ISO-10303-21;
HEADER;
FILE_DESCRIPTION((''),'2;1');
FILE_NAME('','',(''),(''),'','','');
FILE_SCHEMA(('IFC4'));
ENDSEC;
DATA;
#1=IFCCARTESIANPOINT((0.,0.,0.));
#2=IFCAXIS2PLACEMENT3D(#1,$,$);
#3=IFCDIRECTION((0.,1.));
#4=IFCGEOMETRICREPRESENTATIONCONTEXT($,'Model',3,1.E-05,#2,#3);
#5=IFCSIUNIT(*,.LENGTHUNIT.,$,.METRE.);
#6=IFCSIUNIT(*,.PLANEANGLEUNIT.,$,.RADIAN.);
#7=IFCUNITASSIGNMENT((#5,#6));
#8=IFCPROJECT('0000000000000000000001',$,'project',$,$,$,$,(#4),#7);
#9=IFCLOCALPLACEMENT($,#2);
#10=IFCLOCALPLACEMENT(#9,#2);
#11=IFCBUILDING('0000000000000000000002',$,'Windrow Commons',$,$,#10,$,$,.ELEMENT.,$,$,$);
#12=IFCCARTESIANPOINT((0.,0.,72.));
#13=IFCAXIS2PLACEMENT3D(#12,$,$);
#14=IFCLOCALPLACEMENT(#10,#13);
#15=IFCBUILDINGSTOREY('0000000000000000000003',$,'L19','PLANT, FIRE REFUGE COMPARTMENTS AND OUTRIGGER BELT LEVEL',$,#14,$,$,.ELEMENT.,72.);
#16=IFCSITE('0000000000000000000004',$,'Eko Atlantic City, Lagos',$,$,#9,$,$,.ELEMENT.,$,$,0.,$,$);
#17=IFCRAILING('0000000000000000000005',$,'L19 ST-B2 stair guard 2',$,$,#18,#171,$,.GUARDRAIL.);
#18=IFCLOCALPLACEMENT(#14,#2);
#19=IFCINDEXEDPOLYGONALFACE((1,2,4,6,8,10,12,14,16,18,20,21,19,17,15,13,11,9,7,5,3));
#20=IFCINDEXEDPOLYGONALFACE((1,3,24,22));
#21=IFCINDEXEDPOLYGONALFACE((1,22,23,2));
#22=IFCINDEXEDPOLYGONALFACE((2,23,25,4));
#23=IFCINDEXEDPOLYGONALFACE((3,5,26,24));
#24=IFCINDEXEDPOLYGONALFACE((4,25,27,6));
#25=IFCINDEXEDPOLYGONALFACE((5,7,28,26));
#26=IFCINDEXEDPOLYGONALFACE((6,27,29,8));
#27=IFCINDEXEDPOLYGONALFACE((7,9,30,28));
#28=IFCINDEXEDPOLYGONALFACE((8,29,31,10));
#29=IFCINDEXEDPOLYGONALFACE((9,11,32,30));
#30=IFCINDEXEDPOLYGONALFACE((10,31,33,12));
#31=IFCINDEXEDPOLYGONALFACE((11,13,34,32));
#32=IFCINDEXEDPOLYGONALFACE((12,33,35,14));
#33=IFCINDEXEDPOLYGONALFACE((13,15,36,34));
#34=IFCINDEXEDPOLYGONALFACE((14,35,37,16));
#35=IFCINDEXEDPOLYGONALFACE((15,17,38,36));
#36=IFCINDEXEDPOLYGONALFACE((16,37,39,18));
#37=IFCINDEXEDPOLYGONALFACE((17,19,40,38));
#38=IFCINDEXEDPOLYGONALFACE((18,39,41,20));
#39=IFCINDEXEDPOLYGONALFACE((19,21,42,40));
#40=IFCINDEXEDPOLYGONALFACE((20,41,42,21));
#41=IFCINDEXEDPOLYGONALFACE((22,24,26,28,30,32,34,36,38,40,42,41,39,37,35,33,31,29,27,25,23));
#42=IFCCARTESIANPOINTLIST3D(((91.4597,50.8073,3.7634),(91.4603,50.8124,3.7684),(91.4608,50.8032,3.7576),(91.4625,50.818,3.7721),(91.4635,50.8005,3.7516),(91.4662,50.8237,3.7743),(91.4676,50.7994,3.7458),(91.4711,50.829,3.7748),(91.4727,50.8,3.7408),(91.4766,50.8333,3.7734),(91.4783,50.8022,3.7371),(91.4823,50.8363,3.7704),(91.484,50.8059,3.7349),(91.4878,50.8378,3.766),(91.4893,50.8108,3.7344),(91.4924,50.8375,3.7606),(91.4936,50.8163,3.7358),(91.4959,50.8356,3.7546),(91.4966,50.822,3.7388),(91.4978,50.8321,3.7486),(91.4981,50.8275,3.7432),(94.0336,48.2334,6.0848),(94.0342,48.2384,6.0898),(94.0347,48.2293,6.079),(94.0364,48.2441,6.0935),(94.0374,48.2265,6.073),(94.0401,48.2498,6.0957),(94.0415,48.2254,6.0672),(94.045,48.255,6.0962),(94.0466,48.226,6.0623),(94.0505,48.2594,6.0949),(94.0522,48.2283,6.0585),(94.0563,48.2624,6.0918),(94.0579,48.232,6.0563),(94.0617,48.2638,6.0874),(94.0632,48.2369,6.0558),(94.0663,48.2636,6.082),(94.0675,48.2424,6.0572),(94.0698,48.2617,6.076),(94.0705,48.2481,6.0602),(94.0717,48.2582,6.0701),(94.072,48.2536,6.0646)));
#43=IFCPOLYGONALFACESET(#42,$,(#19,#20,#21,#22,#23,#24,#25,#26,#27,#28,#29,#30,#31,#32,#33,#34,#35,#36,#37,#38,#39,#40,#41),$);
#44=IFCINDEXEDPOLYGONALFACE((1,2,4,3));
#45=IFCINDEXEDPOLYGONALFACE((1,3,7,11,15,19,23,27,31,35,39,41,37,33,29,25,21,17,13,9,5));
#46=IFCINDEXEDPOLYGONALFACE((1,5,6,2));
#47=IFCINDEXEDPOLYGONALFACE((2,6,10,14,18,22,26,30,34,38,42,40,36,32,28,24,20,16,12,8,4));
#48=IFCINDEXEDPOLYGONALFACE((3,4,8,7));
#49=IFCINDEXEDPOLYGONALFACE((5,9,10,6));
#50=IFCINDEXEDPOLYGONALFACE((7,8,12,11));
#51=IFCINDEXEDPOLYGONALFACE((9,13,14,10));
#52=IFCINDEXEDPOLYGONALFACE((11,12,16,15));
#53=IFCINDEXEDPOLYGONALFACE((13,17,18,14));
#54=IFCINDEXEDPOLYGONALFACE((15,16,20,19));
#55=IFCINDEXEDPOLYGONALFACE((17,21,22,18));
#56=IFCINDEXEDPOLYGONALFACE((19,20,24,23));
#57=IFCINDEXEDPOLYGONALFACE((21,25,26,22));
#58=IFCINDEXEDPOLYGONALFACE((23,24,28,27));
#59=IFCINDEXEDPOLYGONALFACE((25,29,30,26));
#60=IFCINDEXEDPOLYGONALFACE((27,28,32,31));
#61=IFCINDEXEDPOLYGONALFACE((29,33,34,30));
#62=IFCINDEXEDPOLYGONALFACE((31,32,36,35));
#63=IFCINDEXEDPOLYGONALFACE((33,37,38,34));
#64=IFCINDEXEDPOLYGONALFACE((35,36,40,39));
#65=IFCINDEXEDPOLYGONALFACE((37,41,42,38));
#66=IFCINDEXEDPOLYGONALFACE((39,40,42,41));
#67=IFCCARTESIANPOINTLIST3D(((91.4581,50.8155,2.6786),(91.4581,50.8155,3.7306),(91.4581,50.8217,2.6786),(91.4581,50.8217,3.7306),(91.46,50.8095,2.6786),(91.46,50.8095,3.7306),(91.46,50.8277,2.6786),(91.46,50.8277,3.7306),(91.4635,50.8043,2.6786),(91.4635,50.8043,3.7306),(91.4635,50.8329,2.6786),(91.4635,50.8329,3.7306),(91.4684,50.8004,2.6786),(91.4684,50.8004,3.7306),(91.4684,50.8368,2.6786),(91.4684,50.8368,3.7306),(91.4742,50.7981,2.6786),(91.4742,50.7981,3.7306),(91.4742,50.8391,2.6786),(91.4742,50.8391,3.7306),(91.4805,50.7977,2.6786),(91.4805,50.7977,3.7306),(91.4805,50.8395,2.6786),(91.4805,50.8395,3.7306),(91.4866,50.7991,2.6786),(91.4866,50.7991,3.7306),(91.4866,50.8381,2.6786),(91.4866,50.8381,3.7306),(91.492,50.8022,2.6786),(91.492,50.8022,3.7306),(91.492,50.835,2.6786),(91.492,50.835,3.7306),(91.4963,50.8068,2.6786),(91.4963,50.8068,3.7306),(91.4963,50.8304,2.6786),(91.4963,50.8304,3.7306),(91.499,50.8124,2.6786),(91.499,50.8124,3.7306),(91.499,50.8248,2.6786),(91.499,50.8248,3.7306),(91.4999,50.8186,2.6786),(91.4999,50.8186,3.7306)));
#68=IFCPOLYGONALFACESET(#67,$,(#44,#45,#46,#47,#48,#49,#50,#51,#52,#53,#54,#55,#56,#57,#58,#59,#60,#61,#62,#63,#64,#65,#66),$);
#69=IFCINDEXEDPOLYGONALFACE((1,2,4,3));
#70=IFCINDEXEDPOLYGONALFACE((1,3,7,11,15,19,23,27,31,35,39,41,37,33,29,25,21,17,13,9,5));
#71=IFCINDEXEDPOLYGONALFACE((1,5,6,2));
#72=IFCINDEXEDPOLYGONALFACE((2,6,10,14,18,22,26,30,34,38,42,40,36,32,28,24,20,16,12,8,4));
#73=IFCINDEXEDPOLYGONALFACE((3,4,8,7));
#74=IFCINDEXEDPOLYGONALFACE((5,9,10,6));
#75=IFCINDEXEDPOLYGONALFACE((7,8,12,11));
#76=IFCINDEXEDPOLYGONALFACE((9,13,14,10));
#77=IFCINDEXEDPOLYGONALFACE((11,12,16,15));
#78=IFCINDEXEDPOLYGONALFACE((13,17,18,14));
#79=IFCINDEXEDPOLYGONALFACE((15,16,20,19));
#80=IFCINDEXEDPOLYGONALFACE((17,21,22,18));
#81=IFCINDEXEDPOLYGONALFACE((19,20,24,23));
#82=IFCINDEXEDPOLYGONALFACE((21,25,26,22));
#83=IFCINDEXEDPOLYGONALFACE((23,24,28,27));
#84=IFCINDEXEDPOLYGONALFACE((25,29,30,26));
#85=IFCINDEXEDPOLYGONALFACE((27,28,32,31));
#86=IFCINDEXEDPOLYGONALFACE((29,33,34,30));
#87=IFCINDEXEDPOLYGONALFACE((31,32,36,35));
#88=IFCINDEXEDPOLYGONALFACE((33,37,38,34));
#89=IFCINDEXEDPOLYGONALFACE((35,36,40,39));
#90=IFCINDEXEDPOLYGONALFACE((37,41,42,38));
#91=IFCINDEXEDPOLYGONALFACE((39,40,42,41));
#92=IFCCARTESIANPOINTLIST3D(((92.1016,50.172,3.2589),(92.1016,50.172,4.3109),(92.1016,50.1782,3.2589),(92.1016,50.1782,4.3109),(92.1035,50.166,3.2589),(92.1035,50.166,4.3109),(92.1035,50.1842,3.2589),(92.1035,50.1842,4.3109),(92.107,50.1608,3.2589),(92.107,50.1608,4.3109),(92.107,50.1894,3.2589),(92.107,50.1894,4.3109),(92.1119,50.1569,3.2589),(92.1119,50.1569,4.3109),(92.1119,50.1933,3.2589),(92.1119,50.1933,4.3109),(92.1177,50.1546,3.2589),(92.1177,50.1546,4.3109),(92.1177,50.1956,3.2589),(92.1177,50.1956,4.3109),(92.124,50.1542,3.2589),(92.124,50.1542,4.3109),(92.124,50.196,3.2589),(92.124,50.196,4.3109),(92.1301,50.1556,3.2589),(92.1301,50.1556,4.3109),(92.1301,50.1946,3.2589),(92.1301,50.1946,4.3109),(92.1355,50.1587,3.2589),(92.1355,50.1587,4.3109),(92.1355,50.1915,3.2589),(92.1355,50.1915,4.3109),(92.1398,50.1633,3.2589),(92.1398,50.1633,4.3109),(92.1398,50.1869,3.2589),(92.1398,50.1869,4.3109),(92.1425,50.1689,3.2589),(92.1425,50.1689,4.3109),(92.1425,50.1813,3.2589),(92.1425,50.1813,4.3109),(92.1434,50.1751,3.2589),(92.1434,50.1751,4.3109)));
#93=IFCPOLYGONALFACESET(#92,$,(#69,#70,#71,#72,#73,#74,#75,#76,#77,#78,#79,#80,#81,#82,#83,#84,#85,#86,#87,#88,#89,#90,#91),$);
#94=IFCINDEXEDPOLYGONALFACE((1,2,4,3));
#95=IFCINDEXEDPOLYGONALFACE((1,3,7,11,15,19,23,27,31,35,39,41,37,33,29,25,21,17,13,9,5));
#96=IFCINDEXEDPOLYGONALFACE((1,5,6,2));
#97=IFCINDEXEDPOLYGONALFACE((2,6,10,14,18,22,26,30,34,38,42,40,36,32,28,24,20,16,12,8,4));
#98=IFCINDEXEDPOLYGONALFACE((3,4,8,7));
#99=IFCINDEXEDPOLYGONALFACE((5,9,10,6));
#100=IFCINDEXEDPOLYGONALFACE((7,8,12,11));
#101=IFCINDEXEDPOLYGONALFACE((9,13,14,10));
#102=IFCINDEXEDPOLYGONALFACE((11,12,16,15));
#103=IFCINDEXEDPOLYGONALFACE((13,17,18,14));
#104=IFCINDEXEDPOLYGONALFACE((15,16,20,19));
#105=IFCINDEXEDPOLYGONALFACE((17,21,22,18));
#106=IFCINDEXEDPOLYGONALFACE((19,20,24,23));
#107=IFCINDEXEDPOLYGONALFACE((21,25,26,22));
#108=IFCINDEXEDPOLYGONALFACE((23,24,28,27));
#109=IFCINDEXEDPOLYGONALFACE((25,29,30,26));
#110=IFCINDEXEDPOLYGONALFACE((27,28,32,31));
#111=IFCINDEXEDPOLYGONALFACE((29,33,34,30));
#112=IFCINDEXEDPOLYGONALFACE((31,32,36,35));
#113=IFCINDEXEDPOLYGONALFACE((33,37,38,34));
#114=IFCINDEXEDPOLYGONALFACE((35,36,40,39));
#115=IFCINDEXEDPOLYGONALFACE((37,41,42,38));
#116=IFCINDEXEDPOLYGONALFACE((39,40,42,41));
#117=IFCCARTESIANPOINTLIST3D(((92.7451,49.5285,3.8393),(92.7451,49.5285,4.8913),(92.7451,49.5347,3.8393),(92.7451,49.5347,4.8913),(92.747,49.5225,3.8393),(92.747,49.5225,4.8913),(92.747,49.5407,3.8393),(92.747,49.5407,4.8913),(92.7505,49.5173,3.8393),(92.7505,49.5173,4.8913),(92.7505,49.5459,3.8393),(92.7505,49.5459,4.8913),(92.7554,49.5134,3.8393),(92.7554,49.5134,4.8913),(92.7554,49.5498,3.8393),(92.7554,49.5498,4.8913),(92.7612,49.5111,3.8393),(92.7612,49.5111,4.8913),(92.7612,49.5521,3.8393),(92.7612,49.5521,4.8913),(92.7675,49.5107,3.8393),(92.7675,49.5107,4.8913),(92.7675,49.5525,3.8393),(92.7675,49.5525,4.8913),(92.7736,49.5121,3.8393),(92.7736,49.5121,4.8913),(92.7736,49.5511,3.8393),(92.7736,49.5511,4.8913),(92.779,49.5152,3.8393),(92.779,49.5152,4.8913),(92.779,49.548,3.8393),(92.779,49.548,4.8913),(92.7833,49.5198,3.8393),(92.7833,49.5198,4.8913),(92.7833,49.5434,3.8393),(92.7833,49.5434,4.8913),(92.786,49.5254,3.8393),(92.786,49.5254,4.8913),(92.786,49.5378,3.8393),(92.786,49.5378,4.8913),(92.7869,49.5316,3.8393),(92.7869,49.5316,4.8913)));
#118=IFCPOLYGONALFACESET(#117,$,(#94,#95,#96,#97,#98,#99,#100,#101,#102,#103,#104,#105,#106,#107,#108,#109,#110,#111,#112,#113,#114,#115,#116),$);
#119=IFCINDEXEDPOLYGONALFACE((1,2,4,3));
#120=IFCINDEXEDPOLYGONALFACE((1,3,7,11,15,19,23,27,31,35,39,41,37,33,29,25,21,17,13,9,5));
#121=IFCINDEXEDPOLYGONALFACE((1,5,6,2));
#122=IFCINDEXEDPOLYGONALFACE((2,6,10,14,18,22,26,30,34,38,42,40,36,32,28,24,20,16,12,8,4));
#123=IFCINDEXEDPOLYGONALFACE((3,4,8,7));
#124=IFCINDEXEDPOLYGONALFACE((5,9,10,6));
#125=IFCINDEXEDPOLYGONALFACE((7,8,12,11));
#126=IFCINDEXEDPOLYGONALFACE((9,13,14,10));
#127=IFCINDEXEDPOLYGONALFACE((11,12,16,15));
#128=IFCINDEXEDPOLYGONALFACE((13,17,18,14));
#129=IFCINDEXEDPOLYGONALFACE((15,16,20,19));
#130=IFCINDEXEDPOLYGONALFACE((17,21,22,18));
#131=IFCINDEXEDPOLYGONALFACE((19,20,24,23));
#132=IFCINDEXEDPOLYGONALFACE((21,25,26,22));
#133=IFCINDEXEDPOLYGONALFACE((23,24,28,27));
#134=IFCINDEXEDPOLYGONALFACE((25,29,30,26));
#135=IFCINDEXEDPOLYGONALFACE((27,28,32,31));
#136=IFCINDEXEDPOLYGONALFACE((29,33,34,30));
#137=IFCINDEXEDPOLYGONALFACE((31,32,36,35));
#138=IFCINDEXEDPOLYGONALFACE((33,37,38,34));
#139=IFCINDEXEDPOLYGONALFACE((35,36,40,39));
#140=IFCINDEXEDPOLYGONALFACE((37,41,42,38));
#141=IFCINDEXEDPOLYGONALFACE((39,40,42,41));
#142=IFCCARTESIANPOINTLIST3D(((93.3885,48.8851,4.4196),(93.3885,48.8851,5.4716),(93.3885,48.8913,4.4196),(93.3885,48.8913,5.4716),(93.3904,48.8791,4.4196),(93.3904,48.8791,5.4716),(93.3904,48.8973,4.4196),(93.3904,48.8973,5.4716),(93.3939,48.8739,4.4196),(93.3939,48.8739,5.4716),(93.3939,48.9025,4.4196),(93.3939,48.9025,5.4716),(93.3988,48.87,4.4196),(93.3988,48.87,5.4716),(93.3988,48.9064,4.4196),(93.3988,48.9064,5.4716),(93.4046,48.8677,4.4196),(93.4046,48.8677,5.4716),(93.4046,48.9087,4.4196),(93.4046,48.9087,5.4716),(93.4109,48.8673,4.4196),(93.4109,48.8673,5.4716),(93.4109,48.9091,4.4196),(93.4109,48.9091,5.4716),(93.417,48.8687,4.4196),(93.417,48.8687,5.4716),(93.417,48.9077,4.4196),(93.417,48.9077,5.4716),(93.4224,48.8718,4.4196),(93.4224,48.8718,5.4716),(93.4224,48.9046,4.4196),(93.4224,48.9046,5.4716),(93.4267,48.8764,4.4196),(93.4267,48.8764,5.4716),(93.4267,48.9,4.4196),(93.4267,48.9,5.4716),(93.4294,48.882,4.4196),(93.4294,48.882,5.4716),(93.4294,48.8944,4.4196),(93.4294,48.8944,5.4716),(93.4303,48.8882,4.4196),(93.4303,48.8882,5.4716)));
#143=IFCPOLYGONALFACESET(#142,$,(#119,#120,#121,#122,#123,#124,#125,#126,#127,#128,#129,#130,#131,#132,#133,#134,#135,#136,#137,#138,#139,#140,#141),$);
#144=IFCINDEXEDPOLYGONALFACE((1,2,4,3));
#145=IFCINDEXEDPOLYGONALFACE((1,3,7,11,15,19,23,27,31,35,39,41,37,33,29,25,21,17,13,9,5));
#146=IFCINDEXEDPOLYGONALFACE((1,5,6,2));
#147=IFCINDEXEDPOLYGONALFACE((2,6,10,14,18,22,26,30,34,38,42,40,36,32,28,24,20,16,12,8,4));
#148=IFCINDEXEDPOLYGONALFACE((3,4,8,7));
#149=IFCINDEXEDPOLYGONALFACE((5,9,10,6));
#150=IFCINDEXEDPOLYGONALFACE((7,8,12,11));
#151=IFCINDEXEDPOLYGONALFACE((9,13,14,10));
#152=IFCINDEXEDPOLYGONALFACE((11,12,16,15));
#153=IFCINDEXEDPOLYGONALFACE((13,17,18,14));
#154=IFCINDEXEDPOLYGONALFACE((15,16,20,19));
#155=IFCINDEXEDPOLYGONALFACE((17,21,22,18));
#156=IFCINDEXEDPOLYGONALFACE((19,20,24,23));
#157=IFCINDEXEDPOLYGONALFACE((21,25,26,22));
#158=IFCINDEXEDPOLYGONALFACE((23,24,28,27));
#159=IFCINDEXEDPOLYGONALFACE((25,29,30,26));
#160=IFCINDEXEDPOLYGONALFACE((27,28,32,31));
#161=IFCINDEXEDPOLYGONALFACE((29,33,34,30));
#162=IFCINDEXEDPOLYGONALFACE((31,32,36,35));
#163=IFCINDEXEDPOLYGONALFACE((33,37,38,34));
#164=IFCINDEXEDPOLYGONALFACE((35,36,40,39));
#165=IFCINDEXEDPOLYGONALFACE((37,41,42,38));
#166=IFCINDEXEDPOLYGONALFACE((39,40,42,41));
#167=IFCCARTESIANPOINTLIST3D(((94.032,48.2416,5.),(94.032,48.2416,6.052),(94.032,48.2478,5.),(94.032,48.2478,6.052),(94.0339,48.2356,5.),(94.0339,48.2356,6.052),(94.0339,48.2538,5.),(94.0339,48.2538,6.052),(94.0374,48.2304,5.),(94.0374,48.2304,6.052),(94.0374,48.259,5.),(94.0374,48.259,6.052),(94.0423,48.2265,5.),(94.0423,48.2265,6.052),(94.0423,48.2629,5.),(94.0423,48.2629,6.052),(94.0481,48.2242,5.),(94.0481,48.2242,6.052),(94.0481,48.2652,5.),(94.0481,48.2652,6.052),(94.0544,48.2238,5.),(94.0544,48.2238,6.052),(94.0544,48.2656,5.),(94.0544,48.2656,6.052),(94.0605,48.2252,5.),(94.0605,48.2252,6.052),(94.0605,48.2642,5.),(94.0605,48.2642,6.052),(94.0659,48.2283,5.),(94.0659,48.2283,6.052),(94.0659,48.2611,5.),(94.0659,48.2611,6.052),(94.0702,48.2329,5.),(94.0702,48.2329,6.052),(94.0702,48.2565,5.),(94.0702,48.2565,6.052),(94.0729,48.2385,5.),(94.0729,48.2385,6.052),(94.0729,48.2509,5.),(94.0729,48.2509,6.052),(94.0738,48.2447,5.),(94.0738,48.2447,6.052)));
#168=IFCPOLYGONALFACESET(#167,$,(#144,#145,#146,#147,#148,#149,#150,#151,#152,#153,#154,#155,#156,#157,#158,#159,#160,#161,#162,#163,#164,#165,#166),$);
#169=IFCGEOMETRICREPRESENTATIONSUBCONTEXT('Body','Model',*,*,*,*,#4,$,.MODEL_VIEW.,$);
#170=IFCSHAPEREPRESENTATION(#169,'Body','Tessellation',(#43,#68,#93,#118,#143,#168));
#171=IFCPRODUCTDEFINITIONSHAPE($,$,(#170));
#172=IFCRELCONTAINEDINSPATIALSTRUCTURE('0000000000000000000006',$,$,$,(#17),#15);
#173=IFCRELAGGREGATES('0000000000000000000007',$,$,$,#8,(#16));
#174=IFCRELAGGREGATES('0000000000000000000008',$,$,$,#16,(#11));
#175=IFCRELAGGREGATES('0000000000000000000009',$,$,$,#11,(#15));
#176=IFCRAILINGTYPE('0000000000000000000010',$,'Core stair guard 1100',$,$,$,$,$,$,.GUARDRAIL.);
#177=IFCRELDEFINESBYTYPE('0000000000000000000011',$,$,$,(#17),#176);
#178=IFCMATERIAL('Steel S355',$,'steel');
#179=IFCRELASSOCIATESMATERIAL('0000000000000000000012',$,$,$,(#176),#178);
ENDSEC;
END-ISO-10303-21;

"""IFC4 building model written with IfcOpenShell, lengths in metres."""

from ifc_helpers import new_model, si_unit, direction, frame, origin, origin_2d, place, context, subcontext, project, spatial, circle, extrude, material, type_object, element, save


model = new_model("IFC4")

# Units and contexts
model_context = context("Model", 3, precision=1e-05, world=origin(), true_north=direction((0.0, 1.0)))
body_context = subcontext(model_context, "Body", "Model", "MODEL_VIEW")
ifc_project = project(units=[si_unit("LENGTHUNIT", "METRE"), si_unit("PLANEANGLEUNIT", "RADIAN")], contexts=[model_context])

# Site, building, storey
site_placement = place(None, origin())
site = spatial("IfcSite", under=ifc_project, at=site_placement, Name="Eko Atlantic City, Lagos", CompositionType="ELEMENT", RefElevation=0.0)
building_placement = place(site_placement, origin())
building = spatial("IfcBuilding", under=site, at=building_placement, Name="Windrow Commons", CompositionType="ELEMENT")
storey_placement = place(building_placement, frame((0.0, 0.0, 72.0)))
storey = spatial("IfcBuildingStorey", under=building, at=storey_placement, Name="L19", Description="PLANT, FIRE REFUGE COMPARTMENTS AND OUTRIGGER BELT LEVEL", CompositionType="ELEMENT", Elevation=72.0)

# Railing
ifc_material_1 = material(Name="Steel S355", Category="steel")
railing_type_1 = type_object("IfcRailingType", Name="Core stair guard 1100", PredefinedType="GUARDRAIL", material=ifc_material_1)
railing_1_placement = place(storey_placement, frame((91.4789, 50.8186, 2.6786)))
element("IfcRailing", 1, at=railing_1_placement, inside=storey, type_object=railing_type_1, Name="L19 ST-B2 stair guard 2", PredefinedType="GUARDRAIL", context=body_context, shape_type="SweptSolid", body=[
    extrude(circle(Radius=0.024, at=origin_2d()), frame((0.0, 0.0, 1.076), z_axis=(0.596187, -0.596187, 0.537701), x_axis=(0.707107, 0.707107, 0.0)), (0.0, 0.0, 1.0), 4.3173),
    extrude(circle(Radius=0.021, at=origin_2d()), origin(), (0.0, 0.0, 1.0), 1.052),
    extrude(circle(Radius=0.021, at=origin_2d()), frame((0.6435, -0.6435, 0.5803)), (0.0, 0.0, 1.0), 1.052),
    extrude(circle(Radius=0.021, at=origin_2d()), frame((1.287, -1.287, 1.1607)), (0.0, 0.0, 1.0), 1.052),
    extrude(circle(Radius=0.021, at=origin_2d()), frame((1.9304, -1.9304, 1.741)), (0.0, 0.0, 1.0), 1.052),
    extrude(circle(Radius=0.021, at=origin_2d()), frame((2.5739, -2.5739, 2.3214)), (0.0, 0.0, 1.0), 1.052),
])

save(model, "model.ifc")
